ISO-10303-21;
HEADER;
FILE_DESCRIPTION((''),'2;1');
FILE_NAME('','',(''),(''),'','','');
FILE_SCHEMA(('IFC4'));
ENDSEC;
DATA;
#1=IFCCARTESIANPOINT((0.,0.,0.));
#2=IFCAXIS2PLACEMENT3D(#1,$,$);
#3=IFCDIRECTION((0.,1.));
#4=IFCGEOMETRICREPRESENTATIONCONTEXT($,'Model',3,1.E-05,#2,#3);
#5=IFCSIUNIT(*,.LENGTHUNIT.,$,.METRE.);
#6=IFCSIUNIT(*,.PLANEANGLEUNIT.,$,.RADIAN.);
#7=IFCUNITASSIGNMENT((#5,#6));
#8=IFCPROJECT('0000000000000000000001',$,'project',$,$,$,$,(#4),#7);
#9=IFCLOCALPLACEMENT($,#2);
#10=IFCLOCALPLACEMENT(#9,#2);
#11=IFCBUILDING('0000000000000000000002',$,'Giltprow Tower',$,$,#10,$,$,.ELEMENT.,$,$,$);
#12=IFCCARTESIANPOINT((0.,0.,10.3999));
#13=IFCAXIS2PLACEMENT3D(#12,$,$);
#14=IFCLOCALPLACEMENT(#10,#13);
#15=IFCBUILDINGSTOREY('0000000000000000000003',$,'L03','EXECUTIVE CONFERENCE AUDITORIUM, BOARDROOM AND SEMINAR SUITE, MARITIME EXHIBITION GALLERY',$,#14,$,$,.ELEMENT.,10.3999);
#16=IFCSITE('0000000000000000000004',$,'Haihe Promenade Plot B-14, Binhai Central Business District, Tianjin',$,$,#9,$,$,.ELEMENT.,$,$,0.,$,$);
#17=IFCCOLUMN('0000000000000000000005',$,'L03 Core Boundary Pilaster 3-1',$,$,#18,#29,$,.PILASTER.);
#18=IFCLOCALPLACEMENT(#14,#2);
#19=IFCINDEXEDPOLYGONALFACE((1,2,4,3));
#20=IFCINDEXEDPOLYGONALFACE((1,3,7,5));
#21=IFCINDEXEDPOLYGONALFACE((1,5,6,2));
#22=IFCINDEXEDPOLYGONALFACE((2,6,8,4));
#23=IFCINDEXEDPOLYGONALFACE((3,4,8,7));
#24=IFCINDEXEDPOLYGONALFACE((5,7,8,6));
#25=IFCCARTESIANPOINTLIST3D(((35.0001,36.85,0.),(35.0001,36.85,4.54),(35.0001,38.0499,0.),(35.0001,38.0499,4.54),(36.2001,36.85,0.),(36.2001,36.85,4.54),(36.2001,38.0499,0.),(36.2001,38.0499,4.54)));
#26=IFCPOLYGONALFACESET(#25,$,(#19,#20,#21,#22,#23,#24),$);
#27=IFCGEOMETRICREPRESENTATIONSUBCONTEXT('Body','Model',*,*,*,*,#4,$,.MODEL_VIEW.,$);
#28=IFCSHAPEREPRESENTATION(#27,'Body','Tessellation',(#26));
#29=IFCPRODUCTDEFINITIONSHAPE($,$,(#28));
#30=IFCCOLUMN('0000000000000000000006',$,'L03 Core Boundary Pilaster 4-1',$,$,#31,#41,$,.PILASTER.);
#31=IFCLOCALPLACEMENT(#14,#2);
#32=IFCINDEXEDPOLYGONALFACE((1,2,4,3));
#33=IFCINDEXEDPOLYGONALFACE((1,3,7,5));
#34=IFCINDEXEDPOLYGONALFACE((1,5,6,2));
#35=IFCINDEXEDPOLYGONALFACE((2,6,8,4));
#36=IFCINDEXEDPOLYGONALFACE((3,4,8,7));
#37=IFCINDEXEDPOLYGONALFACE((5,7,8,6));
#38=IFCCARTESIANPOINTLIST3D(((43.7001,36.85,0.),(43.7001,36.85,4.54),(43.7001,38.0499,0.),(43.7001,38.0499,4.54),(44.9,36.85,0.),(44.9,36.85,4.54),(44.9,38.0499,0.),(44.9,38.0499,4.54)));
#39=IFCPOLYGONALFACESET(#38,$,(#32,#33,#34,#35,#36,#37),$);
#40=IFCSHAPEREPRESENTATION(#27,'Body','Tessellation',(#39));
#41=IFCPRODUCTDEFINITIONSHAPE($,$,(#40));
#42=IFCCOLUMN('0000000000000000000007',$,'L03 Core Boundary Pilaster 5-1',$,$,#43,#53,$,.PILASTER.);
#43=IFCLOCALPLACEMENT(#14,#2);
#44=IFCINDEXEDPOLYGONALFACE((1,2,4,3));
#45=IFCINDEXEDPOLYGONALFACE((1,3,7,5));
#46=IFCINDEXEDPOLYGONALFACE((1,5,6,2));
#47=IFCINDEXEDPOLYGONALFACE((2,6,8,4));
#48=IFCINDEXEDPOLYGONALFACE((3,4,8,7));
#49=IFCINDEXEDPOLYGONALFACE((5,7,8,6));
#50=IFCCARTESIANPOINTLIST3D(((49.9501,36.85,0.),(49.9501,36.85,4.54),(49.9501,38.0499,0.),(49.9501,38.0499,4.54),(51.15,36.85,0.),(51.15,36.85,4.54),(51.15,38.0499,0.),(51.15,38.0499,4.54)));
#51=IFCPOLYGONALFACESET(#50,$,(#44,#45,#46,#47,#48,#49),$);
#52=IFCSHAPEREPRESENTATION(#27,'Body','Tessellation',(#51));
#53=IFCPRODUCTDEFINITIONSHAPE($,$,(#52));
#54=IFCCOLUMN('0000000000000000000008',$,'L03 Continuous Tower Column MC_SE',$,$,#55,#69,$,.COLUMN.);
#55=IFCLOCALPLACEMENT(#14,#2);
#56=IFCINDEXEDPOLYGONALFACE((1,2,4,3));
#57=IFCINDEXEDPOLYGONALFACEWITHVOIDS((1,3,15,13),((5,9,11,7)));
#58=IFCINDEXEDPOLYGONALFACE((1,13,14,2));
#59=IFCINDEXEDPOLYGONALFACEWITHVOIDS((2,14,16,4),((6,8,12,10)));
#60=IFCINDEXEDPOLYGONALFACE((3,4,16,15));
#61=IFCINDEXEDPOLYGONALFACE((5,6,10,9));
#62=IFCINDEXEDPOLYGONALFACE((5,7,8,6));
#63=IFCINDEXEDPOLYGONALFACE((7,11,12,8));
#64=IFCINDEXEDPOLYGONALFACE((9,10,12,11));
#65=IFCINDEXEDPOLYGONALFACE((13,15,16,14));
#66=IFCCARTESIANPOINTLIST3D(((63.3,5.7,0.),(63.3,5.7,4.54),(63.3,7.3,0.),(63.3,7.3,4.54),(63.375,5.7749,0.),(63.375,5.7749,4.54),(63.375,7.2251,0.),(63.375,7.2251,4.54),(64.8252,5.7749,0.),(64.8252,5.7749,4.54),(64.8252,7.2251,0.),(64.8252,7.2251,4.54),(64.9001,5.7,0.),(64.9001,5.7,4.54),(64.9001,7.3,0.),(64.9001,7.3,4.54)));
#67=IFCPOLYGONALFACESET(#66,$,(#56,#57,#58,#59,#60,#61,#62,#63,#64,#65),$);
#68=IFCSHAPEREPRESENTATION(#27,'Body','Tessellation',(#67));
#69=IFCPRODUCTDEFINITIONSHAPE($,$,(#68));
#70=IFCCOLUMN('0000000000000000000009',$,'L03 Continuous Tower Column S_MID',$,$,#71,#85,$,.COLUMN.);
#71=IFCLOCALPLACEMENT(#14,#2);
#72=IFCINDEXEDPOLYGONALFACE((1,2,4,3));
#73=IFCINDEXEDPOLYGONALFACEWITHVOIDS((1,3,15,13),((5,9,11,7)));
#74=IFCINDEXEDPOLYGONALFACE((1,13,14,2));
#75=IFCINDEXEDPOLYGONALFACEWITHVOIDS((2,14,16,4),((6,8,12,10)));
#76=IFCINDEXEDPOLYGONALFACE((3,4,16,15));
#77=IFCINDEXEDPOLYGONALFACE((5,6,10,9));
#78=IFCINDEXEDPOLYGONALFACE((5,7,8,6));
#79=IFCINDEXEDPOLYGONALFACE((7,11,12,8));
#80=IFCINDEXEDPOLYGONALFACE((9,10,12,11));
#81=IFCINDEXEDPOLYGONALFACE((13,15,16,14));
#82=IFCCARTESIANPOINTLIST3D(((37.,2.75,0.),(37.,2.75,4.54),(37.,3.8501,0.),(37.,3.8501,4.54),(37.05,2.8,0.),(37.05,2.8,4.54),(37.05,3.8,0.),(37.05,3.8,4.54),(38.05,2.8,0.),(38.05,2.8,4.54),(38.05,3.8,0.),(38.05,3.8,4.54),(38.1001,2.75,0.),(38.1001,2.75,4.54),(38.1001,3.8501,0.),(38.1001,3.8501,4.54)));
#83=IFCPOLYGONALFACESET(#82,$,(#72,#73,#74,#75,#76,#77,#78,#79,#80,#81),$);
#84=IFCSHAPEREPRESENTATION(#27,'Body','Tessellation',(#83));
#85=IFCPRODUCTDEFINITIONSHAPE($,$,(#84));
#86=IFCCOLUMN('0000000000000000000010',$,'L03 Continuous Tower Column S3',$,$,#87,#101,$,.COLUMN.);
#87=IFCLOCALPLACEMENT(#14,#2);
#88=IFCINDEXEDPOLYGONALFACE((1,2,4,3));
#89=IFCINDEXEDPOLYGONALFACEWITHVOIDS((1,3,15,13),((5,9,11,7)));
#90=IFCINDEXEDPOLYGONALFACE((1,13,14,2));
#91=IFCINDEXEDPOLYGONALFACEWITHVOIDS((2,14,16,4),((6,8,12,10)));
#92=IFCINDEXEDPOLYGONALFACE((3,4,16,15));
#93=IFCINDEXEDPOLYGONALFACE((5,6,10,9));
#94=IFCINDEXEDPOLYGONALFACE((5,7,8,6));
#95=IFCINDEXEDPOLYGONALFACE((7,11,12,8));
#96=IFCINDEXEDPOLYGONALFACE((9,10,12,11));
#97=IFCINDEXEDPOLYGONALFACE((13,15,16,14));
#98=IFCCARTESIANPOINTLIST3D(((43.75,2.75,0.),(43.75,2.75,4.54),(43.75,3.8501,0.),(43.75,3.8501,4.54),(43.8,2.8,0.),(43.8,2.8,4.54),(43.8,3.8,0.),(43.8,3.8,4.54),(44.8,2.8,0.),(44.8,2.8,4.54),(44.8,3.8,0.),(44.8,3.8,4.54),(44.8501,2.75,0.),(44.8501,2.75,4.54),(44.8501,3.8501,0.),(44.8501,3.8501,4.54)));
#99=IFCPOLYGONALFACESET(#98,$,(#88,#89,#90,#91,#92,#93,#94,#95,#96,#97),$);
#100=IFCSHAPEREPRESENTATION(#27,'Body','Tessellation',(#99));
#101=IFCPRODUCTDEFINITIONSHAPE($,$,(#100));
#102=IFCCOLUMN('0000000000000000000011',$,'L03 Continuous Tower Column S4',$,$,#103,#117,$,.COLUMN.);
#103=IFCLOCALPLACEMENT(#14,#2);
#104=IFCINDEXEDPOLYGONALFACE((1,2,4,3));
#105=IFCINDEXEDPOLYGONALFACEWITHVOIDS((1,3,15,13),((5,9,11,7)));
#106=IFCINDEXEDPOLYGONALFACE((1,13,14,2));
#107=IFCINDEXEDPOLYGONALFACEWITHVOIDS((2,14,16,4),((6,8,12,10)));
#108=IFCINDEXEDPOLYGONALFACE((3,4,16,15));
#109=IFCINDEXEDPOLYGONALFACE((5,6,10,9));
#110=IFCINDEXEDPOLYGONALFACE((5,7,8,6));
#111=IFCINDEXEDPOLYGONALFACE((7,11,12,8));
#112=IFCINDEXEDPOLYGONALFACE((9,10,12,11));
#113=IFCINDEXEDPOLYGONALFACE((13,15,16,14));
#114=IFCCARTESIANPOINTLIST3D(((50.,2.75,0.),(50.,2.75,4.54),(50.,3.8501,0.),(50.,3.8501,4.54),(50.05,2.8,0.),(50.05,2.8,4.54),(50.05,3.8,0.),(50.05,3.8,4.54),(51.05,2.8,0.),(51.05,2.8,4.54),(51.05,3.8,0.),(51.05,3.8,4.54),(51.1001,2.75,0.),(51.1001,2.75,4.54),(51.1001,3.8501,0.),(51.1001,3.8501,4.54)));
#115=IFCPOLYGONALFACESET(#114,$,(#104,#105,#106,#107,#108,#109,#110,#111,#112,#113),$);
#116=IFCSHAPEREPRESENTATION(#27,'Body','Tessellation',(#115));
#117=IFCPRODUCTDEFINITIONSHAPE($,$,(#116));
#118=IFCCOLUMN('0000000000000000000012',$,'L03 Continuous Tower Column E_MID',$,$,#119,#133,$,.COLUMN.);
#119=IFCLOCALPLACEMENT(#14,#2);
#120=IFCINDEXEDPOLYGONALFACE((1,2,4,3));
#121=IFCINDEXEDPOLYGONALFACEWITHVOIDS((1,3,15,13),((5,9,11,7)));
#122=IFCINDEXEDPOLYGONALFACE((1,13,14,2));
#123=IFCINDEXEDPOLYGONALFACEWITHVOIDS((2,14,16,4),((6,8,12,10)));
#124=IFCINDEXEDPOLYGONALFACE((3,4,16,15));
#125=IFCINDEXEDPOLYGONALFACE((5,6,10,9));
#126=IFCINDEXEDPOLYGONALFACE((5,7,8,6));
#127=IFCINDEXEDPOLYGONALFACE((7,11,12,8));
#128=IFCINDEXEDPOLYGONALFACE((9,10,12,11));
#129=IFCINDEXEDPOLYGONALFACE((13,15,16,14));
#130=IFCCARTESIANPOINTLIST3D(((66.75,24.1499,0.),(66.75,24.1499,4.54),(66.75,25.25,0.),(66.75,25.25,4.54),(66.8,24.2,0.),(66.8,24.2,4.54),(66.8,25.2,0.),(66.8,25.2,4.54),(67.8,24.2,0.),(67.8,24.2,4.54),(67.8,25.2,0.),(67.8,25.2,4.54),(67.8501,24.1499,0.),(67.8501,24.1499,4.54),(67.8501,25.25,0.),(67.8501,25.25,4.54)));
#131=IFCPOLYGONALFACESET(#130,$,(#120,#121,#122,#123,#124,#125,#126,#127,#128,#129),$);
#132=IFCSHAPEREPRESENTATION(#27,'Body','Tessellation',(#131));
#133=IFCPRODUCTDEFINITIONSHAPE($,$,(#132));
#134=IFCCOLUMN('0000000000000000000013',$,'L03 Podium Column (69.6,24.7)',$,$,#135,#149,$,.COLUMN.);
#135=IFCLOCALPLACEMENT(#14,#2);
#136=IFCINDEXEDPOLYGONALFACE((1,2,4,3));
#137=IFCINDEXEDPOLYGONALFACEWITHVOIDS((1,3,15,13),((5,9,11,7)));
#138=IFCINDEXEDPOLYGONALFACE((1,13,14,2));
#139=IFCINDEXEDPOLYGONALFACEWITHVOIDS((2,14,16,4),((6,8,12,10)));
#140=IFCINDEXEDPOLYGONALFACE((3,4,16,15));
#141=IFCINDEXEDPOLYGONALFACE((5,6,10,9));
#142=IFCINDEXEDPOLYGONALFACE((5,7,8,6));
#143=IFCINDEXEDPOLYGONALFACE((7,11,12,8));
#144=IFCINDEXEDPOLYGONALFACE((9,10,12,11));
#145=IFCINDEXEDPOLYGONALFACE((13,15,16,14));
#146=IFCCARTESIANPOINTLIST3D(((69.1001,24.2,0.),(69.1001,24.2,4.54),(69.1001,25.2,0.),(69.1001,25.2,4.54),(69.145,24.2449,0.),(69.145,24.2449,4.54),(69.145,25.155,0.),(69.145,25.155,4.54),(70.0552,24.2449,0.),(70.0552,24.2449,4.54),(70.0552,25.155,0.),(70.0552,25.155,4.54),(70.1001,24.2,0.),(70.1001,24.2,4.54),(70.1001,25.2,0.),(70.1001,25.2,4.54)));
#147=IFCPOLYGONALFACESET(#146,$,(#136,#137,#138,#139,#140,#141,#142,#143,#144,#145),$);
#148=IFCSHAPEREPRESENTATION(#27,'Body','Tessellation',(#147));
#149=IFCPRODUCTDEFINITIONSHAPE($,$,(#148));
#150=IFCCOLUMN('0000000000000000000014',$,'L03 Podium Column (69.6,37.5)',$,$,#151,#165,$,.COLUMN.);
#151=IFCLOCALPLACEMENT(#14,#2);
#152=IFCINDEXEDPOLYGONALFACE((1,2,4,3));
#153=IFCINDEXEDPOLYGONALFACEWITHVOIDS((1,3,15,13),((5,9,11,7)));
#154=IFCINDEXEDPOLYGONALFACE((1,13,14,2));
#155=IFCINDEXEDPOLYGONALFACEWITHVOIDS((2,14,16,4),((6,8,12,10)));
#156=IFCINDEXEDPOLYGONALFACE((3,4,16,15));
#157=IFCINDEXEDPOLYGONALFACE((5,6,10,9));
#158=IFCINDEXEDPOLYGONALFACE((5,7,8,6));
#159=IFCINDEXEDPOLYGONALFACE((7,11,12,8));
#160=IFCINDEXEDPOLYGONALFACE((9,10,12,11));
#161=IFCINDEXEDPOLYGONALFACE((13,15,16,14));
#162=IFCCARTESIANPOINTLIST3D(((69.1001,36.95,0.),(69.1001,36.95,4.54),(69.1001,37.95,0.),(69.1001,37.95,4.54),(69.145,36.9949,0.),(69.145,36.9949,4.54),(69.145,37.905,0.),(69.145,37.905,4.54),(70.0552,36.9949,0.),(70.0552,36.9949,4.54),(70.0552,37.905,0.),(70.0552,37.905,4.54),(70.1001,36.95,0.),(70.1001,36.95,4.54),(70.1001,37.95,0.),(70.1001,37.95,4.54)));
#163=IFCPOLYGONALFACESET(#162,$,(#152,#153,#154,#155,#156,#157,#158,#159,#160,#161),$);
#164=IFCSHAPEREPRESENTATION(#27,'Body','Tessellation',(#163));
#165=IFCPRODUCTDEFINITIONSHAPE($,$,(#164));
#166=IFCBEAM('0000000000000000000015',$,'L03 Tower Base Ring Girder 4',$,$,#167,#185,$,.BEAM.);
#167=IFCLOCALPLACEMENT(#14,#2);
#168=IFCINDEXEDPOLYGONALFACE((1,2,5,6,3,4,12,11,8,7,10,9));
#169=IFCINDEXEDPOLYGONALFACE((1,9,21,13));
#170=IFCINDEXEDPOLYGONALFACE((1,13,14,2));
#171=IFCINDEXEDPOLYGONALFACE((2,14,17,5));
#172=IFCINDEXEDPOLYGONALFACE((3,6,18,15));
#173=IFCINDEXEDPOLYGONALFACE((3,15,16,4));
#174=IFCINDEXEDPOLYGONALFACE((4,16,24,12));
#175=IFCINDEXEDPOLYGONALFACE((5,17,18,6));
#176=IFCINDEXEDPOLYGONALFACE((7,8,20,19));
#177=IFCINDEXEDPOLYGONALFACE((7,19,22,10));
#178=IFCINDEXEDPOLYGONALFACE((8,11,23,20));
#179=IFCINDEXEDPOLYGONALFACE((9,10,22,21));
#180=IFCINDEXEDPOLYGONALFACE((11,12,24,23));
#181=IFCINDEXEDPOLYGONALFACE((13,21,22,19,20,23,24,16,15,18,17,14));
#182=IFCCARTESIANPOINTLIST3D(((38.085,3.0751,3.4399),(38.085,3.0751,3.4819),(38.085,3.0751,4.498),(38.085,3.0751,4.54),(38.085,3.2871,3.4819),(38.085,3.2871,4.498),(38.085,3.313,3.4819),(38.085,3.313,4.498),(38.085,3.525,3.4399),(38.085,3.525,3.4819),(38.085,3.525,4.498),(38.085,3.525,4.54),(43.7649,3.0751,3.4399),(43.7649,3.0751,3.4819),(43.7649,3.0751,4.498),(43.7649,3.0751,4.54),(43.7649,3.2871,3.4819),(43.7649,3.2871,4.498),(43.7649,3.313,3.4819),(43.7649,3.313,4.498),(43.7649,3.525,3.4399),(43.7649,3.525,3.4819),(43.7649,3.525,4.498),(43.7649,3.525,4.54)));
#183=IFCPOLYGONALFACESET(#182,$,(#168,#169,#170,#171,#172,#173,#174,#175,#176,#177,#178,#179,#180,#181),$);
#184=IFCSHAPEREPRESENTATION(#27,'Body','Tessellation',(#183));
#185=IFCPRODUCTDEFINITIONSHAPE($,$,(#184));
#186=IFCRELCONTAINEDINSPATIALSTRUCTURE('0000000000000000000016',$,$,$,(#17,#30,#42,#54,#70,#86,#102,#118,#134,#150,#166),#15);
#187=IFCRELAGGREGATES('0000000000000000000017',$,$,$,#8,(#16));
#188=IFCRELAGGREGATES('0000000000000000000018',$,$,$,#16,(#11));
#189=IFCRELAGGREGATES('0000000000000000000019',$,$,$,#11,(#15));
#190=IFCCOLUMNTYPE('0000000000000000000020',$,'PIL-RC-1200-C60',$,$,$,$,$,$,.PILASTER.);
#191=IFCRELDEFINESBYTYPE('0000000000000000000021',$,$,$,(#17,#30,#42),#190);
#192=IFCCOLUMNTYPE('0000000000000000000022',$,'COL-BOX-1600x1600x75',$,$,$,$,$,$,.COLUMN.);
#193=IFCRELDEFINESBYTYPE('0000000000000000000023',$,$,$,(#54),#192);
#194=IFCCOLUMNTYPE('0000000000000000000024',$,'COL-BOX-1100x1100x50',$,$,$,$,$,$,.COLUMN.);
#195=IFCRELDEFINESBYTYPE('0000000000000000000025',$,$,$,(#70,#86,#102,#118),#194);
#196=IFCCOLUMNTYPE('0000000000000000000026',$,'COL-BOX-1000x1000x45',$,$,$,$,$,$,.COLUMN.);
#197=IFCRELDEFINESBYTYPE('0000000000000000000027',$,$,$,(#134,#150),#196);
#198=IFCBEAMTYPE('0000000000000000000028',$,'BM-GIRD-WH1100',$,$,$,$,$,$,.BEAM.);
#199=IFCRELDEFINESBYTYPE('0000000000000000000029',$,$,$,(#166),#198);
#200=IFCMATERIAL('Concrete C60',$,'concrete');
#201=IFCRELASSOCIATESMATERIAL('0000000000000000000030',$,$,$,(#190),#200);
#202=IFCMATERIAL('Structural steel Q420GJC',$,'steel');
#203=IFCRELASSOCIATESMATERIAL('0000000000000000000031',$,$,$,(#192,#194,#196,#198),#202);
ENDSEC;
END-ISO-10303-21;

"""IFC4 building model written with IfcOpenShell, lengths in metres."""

from ifc_helpers import new_model, si_unit, direction, frame, origin, origin_2d, place, context, subcontext, project, spatial, rectangle, hollow_rectangle, i_section, extrude, source, transform, mapped, material, material_profile, profile_set, type_object, element, save


model = new_model("IFC4")

# Units and contexts
model_context = context("Model", 3, precision=1e-05, world=origin(), true_north=direction((0.0, 1.0)))
body_context = subcontext(model_context, "Body", "Model", "MODEL_VIEW")
ifc_project = project(units=[si_unit("LENGTHUNIT", "METRE"), si_unit("PLANEANGLEUNIT", "RADIAN")], contexts=[model_context])

# Site, building, storey
site_placement = place(None, origin())
site = spatial("IfcSite", under=ifc_project, at=site_placement, Name="Haihe Promenade Plot B-14, Binhai Central Business District, Tianjin", CompositionType="ELEMENT", RefElevation=0.0)
building_placement = place(site_placement, origin())
building = spatial("IfcBuilding", under=site, at=building_placement, Name="Giltprow Tower", CompositionType="ELEMENT")
storey_placement = place(building_placement, frame((0.0, 0.0, 10.3999)))
storey = spatial("IfcBuildingStorey", under=building, at=storey_placement, Name="L03", Description="EXECUTIVE CONFERENCE AUDITORIUM, BOARDROOM AND SEMINAR SUITE, MARITIME EXHIBITION GALLERY", CompositionType="ELEMENT", Elevation=10.3999)

# Columns
ifc_material_1 = material(Name="Concrete C60", Category="concrete")
ifc_material_profile_1 = material_profile(ifc_material_1, rectangle(XDim=1.2, YDim=1.2, at=origin_2d()), Name="RC 1200x1200")
ifc_profile_set_1 = profile_set([ifc_material_profile_1], Name="Concrete C60")
column_type_1 = type_object("IfcColumnType", Name="PIL-RC-1200-C60", PredefinedType="PILASTER", material=ifc_profile_set_1)
shared_shape_1 = source(origin(), body_context, "Body", "SweptSolid", [
    extrude(rectangle(XDim=1.2, YDim=1.2, at=origin_2d()), origin(), (0.0, 0.0, 1.0), 4.54),
])
for number, where, z_axis, x_axis, name in (
    (1, (35.6001, 37.45, 0.0), (0.0, 0.0, 1.0), (1.0, 0.0, 0.0), "L03 Core Boundary Pilaster 3-1"),
    (2, (44.3, 37.45, 0.0), (0.0, 0.0, 1.0), (1.0, 0.0, 0.0), "L03 Core Boundary Pilaster 4-1"),
    (3, (50.55, 37.45, 0.0), (0.0, 0.0, 1.0), (1.0, 0.0, 0.0), "L03 Core Boundary Pilaster 5-1"),
):
    element("IfcColumn", number, at=place(storey_placement, frame(where, z_axis=z_axis, x_axis=x_axis)), inside=storey, type_object=column_type_1, Name=name, PredefinedType="PILASTER", context=body_context, shape_type="MappedRepresentation", body=[
        mapped(shared_shape_1, transform((0.0, 0.0, 0.0), x_axis=(1.0, 0.0, 0.0), y_axis=(0.0, 1.0, 0.0), z_axis=(0.0, 0.0, 1.0), scale=1.0)),
    ])
ifc_material_2 = material(Name="Structural steel Q420GJC", Category="steel")
ifc_material_profile_2 = material_profile(ifc_material_2, hollow_rectangle(XDim=1.6001, YDim=1.6001, WallThickness=0.075, at=origin_2d()), Name="BOX 1600x1600x75")
ifc_profile_set_2 = profile_set([ifc_material_profile_2], Name="Structural steel Q420GJC")
column_type_2 = type_object("IfcColumnType", Name="COL-BOX-1600x1600x75", PredefinedType="COLUMN", material=ifc_profile_set_2)
shared_shape_2 = source(origin(), body_context, "Body", "SweptSolid", [
    extrude(hollow_rectangle(XDim=1.6001, YDim=1.6001, WallThickness=0.075, at=origin_2d()), origin(), (0.0, 0.0, 1.0), 4.54),
])
column_placement = place(storey_placement, frame((64.1001, 6.5, 0.0), z_axis=(0.0, 0.0, 1.0), x_axis=(1.0, 0.0, 0.0)))
element("IfcColumn", 4, at=column_placement, inside=storey, type_object=column_type_2, Name="L03 Continuous Tower Column MC_SE", PredefinedType="COLUMN", context=body_context, shape_type="MappedRepresentation", body=[
    mapped(shared_shape_2, transform((0.0, 0.0, 0.0), x_axis=(1.0, 0.0, 0.0), y_axis=(0.0, 1.0, 0.0), z_axis=(0.0, 0.0, 1.0), scale=1.0)),
])
ifc_material_profile_3 = material_profile(ifc_material_2, hollow_rectangle(XDim=1.1001, YDim=1.1001, WallThickness=0.05, at=origin_2d()), Name="BOX 1100x1100x50")
ifc_profile_set_3 = profile_set([ifc_material_profile_3], Name="Structural steel Q420GJC")
column_type_3 = type_object("IfcColumnType", Name="COL-BOX-1100x1100x50", PredefinedType="COLUMN", material=ifc_profile_set_3)
shared_shape_3 = source(origin(), body_context, "Body", "SweptSolid", [
    extrude(hollow_rectangle(XDim=1.1001, YDim=1.1001, WallThickness=0.05, at=origin_2d()), origin(), (0.0, 0.0, 1.0), 4.54),
])
for number, where, z_axis, x_axis, name in (
    (5, (37.55, 3.3, 0.0), (0.0, 0.0, 1.0), (1.0, 0.0, 0.0), "L03 Continuous Tower Column S_MID"),
    (6, (44.3, 3.3, 0.0), (0.0, 0.0, 1.0), (1.0, 0.0, 0.0), "L03 Continuous Tower Column S3"),
    (7, (50.55, 3.3, 0.0), (0.0, 0.0, 1.0), (1.0, 0.0, 0.0), "L03 Continuous Tower Column S4"),
    (8, (67.3, 24.7, 0.0), (0.0, 0.0, 1.0), (1.0, 0.0, 0.0), "L03 Continuous Tower Column E_MID"),
):
    element("IfcColumn", number, at=place(storey_placement, frame(where, z_axis=z_axis, x_axis=x_axis)), inside=storey, type_object=column_type_3, Name=name, PredefinedType="COLUMN", context=body_context, shape_type="MappedRepresentation", body=[
        mapped(shared_shape_3, transform((0.0, 0.0, 0.0), x_axis=(1.0, 0.0, 0.0), y_axis=(0.0, 1.0, 0.0), z_axis=(0.0, 0.0, 1.0), scale=1.0)),
    ])
ifc_material_profile_4 = material_profile(ifc_material_2, hollow_rectangle(XDim=1.0, YDim=1.0, WallThickness=0.0449, at=origin_2d()), Name="BOX 1000x1000x45")
ifc_profile_set_4 = profile_set([ifc_material_profile_4], Name="Structural steel Q420GJC")
column_type_4 = type_object("IfcColumnType", Name="COL-BOX-1000x1000x45", PredefinedType="COLUMN", material=ifc_profile_set_4)
shared_shape_4 = source(origin(), body_context, "Body", "SweptSolid", [
    extrude(hollow_rectangle(XDim=1.0, YDim=1.0, WallThickness=0.0449, at=origin_2d()), origin(), (0.0, 0.0, 1.0), 4.54),
])
for number, where, z_axis, x_axis, name in (
    (9, (69.6001, 24.7, 0.0), (0.0, 0.0, 1.0), (1.0, 0.0, 0.0), "L03 Podium Column (69.6,24.7)"),
    (10, (69.6001, 37.45, 0.0), (0.0, 0.0, 1.0), (1.0, 0.0, 0.0), "L03 Podium Column (69.6,37.5)"),
):
    element("IfcColumn", number, at=place(storey_placement, frame(where, z_axis=z_axis, x_axis=x_axis)), inside=storey, type_object=column_type_4, Name=name, PredefinedType="COLUMN", context=body_context, shape_type="MappedRepresentation", body=[
        mapped(shared_shape_4, transform((0.0, 0.0, 0.0), x_axis=(1.0, 0.0, 0.0), y_axis=(0.0, 1.0, 0.0), z_axis=(0.0, 0.0, 1.0), scale=1.0)),
    ])

# Beam
ifc_material_profile_5 = material_profile(ifc_material_2, i_section(OverallWidth=0.45, OverallDepth=1.1001, WebThickness=0.0259, FlangeThickness=0.042, at=origin_2d()), Name="WH 1100x450x26x42")
ifc_profile_set_5 = profile_set([ifc_material_profile_5], Name="Structural steel Q420GJC")
beam_type_1 = type_object("IfcBeamType", Name="BM-GIRD-WH1100", PredefinedType="BEAM", material=ifc_profile_set_5)
shared_shape_5 = source(origin(), body_context, "Body", "SweptSolid", [
    extrude(i_section(OverallWidth=0.45, OverallDepth=1.1001, WebThickness=0.0259, FlangeThickness=0.042, at=origin_2d()), origin(), (0.0, 0.0, 1.0), 5.6799),
])
beam_1_placement = place(storey_placement, frame((38.085, 3.3, 3.99), z_axis=(1.0, 0.0, 0.0), x_axis=(0.0, 1.0, 0.0)))
element("IfcBeam", 11, at=beam_1_placement, inside=storey, type_object=beam_type_1, Name="L03 Tower Base Ring Girder 4", PredefinedType="BEAM", context=body_context, shape_type="MappedRepresentation", body=[
    mapped(shared_shape_5, transform((0.0, 0.0, 0.0), x_axis=(1.0, 0.0, 0.0), y_axis=(0.0, 1.0, 0.0), z_axis=(0.0, 0.0, 1.0), scale=1.0)),
])

save(model, "model.ifc")
